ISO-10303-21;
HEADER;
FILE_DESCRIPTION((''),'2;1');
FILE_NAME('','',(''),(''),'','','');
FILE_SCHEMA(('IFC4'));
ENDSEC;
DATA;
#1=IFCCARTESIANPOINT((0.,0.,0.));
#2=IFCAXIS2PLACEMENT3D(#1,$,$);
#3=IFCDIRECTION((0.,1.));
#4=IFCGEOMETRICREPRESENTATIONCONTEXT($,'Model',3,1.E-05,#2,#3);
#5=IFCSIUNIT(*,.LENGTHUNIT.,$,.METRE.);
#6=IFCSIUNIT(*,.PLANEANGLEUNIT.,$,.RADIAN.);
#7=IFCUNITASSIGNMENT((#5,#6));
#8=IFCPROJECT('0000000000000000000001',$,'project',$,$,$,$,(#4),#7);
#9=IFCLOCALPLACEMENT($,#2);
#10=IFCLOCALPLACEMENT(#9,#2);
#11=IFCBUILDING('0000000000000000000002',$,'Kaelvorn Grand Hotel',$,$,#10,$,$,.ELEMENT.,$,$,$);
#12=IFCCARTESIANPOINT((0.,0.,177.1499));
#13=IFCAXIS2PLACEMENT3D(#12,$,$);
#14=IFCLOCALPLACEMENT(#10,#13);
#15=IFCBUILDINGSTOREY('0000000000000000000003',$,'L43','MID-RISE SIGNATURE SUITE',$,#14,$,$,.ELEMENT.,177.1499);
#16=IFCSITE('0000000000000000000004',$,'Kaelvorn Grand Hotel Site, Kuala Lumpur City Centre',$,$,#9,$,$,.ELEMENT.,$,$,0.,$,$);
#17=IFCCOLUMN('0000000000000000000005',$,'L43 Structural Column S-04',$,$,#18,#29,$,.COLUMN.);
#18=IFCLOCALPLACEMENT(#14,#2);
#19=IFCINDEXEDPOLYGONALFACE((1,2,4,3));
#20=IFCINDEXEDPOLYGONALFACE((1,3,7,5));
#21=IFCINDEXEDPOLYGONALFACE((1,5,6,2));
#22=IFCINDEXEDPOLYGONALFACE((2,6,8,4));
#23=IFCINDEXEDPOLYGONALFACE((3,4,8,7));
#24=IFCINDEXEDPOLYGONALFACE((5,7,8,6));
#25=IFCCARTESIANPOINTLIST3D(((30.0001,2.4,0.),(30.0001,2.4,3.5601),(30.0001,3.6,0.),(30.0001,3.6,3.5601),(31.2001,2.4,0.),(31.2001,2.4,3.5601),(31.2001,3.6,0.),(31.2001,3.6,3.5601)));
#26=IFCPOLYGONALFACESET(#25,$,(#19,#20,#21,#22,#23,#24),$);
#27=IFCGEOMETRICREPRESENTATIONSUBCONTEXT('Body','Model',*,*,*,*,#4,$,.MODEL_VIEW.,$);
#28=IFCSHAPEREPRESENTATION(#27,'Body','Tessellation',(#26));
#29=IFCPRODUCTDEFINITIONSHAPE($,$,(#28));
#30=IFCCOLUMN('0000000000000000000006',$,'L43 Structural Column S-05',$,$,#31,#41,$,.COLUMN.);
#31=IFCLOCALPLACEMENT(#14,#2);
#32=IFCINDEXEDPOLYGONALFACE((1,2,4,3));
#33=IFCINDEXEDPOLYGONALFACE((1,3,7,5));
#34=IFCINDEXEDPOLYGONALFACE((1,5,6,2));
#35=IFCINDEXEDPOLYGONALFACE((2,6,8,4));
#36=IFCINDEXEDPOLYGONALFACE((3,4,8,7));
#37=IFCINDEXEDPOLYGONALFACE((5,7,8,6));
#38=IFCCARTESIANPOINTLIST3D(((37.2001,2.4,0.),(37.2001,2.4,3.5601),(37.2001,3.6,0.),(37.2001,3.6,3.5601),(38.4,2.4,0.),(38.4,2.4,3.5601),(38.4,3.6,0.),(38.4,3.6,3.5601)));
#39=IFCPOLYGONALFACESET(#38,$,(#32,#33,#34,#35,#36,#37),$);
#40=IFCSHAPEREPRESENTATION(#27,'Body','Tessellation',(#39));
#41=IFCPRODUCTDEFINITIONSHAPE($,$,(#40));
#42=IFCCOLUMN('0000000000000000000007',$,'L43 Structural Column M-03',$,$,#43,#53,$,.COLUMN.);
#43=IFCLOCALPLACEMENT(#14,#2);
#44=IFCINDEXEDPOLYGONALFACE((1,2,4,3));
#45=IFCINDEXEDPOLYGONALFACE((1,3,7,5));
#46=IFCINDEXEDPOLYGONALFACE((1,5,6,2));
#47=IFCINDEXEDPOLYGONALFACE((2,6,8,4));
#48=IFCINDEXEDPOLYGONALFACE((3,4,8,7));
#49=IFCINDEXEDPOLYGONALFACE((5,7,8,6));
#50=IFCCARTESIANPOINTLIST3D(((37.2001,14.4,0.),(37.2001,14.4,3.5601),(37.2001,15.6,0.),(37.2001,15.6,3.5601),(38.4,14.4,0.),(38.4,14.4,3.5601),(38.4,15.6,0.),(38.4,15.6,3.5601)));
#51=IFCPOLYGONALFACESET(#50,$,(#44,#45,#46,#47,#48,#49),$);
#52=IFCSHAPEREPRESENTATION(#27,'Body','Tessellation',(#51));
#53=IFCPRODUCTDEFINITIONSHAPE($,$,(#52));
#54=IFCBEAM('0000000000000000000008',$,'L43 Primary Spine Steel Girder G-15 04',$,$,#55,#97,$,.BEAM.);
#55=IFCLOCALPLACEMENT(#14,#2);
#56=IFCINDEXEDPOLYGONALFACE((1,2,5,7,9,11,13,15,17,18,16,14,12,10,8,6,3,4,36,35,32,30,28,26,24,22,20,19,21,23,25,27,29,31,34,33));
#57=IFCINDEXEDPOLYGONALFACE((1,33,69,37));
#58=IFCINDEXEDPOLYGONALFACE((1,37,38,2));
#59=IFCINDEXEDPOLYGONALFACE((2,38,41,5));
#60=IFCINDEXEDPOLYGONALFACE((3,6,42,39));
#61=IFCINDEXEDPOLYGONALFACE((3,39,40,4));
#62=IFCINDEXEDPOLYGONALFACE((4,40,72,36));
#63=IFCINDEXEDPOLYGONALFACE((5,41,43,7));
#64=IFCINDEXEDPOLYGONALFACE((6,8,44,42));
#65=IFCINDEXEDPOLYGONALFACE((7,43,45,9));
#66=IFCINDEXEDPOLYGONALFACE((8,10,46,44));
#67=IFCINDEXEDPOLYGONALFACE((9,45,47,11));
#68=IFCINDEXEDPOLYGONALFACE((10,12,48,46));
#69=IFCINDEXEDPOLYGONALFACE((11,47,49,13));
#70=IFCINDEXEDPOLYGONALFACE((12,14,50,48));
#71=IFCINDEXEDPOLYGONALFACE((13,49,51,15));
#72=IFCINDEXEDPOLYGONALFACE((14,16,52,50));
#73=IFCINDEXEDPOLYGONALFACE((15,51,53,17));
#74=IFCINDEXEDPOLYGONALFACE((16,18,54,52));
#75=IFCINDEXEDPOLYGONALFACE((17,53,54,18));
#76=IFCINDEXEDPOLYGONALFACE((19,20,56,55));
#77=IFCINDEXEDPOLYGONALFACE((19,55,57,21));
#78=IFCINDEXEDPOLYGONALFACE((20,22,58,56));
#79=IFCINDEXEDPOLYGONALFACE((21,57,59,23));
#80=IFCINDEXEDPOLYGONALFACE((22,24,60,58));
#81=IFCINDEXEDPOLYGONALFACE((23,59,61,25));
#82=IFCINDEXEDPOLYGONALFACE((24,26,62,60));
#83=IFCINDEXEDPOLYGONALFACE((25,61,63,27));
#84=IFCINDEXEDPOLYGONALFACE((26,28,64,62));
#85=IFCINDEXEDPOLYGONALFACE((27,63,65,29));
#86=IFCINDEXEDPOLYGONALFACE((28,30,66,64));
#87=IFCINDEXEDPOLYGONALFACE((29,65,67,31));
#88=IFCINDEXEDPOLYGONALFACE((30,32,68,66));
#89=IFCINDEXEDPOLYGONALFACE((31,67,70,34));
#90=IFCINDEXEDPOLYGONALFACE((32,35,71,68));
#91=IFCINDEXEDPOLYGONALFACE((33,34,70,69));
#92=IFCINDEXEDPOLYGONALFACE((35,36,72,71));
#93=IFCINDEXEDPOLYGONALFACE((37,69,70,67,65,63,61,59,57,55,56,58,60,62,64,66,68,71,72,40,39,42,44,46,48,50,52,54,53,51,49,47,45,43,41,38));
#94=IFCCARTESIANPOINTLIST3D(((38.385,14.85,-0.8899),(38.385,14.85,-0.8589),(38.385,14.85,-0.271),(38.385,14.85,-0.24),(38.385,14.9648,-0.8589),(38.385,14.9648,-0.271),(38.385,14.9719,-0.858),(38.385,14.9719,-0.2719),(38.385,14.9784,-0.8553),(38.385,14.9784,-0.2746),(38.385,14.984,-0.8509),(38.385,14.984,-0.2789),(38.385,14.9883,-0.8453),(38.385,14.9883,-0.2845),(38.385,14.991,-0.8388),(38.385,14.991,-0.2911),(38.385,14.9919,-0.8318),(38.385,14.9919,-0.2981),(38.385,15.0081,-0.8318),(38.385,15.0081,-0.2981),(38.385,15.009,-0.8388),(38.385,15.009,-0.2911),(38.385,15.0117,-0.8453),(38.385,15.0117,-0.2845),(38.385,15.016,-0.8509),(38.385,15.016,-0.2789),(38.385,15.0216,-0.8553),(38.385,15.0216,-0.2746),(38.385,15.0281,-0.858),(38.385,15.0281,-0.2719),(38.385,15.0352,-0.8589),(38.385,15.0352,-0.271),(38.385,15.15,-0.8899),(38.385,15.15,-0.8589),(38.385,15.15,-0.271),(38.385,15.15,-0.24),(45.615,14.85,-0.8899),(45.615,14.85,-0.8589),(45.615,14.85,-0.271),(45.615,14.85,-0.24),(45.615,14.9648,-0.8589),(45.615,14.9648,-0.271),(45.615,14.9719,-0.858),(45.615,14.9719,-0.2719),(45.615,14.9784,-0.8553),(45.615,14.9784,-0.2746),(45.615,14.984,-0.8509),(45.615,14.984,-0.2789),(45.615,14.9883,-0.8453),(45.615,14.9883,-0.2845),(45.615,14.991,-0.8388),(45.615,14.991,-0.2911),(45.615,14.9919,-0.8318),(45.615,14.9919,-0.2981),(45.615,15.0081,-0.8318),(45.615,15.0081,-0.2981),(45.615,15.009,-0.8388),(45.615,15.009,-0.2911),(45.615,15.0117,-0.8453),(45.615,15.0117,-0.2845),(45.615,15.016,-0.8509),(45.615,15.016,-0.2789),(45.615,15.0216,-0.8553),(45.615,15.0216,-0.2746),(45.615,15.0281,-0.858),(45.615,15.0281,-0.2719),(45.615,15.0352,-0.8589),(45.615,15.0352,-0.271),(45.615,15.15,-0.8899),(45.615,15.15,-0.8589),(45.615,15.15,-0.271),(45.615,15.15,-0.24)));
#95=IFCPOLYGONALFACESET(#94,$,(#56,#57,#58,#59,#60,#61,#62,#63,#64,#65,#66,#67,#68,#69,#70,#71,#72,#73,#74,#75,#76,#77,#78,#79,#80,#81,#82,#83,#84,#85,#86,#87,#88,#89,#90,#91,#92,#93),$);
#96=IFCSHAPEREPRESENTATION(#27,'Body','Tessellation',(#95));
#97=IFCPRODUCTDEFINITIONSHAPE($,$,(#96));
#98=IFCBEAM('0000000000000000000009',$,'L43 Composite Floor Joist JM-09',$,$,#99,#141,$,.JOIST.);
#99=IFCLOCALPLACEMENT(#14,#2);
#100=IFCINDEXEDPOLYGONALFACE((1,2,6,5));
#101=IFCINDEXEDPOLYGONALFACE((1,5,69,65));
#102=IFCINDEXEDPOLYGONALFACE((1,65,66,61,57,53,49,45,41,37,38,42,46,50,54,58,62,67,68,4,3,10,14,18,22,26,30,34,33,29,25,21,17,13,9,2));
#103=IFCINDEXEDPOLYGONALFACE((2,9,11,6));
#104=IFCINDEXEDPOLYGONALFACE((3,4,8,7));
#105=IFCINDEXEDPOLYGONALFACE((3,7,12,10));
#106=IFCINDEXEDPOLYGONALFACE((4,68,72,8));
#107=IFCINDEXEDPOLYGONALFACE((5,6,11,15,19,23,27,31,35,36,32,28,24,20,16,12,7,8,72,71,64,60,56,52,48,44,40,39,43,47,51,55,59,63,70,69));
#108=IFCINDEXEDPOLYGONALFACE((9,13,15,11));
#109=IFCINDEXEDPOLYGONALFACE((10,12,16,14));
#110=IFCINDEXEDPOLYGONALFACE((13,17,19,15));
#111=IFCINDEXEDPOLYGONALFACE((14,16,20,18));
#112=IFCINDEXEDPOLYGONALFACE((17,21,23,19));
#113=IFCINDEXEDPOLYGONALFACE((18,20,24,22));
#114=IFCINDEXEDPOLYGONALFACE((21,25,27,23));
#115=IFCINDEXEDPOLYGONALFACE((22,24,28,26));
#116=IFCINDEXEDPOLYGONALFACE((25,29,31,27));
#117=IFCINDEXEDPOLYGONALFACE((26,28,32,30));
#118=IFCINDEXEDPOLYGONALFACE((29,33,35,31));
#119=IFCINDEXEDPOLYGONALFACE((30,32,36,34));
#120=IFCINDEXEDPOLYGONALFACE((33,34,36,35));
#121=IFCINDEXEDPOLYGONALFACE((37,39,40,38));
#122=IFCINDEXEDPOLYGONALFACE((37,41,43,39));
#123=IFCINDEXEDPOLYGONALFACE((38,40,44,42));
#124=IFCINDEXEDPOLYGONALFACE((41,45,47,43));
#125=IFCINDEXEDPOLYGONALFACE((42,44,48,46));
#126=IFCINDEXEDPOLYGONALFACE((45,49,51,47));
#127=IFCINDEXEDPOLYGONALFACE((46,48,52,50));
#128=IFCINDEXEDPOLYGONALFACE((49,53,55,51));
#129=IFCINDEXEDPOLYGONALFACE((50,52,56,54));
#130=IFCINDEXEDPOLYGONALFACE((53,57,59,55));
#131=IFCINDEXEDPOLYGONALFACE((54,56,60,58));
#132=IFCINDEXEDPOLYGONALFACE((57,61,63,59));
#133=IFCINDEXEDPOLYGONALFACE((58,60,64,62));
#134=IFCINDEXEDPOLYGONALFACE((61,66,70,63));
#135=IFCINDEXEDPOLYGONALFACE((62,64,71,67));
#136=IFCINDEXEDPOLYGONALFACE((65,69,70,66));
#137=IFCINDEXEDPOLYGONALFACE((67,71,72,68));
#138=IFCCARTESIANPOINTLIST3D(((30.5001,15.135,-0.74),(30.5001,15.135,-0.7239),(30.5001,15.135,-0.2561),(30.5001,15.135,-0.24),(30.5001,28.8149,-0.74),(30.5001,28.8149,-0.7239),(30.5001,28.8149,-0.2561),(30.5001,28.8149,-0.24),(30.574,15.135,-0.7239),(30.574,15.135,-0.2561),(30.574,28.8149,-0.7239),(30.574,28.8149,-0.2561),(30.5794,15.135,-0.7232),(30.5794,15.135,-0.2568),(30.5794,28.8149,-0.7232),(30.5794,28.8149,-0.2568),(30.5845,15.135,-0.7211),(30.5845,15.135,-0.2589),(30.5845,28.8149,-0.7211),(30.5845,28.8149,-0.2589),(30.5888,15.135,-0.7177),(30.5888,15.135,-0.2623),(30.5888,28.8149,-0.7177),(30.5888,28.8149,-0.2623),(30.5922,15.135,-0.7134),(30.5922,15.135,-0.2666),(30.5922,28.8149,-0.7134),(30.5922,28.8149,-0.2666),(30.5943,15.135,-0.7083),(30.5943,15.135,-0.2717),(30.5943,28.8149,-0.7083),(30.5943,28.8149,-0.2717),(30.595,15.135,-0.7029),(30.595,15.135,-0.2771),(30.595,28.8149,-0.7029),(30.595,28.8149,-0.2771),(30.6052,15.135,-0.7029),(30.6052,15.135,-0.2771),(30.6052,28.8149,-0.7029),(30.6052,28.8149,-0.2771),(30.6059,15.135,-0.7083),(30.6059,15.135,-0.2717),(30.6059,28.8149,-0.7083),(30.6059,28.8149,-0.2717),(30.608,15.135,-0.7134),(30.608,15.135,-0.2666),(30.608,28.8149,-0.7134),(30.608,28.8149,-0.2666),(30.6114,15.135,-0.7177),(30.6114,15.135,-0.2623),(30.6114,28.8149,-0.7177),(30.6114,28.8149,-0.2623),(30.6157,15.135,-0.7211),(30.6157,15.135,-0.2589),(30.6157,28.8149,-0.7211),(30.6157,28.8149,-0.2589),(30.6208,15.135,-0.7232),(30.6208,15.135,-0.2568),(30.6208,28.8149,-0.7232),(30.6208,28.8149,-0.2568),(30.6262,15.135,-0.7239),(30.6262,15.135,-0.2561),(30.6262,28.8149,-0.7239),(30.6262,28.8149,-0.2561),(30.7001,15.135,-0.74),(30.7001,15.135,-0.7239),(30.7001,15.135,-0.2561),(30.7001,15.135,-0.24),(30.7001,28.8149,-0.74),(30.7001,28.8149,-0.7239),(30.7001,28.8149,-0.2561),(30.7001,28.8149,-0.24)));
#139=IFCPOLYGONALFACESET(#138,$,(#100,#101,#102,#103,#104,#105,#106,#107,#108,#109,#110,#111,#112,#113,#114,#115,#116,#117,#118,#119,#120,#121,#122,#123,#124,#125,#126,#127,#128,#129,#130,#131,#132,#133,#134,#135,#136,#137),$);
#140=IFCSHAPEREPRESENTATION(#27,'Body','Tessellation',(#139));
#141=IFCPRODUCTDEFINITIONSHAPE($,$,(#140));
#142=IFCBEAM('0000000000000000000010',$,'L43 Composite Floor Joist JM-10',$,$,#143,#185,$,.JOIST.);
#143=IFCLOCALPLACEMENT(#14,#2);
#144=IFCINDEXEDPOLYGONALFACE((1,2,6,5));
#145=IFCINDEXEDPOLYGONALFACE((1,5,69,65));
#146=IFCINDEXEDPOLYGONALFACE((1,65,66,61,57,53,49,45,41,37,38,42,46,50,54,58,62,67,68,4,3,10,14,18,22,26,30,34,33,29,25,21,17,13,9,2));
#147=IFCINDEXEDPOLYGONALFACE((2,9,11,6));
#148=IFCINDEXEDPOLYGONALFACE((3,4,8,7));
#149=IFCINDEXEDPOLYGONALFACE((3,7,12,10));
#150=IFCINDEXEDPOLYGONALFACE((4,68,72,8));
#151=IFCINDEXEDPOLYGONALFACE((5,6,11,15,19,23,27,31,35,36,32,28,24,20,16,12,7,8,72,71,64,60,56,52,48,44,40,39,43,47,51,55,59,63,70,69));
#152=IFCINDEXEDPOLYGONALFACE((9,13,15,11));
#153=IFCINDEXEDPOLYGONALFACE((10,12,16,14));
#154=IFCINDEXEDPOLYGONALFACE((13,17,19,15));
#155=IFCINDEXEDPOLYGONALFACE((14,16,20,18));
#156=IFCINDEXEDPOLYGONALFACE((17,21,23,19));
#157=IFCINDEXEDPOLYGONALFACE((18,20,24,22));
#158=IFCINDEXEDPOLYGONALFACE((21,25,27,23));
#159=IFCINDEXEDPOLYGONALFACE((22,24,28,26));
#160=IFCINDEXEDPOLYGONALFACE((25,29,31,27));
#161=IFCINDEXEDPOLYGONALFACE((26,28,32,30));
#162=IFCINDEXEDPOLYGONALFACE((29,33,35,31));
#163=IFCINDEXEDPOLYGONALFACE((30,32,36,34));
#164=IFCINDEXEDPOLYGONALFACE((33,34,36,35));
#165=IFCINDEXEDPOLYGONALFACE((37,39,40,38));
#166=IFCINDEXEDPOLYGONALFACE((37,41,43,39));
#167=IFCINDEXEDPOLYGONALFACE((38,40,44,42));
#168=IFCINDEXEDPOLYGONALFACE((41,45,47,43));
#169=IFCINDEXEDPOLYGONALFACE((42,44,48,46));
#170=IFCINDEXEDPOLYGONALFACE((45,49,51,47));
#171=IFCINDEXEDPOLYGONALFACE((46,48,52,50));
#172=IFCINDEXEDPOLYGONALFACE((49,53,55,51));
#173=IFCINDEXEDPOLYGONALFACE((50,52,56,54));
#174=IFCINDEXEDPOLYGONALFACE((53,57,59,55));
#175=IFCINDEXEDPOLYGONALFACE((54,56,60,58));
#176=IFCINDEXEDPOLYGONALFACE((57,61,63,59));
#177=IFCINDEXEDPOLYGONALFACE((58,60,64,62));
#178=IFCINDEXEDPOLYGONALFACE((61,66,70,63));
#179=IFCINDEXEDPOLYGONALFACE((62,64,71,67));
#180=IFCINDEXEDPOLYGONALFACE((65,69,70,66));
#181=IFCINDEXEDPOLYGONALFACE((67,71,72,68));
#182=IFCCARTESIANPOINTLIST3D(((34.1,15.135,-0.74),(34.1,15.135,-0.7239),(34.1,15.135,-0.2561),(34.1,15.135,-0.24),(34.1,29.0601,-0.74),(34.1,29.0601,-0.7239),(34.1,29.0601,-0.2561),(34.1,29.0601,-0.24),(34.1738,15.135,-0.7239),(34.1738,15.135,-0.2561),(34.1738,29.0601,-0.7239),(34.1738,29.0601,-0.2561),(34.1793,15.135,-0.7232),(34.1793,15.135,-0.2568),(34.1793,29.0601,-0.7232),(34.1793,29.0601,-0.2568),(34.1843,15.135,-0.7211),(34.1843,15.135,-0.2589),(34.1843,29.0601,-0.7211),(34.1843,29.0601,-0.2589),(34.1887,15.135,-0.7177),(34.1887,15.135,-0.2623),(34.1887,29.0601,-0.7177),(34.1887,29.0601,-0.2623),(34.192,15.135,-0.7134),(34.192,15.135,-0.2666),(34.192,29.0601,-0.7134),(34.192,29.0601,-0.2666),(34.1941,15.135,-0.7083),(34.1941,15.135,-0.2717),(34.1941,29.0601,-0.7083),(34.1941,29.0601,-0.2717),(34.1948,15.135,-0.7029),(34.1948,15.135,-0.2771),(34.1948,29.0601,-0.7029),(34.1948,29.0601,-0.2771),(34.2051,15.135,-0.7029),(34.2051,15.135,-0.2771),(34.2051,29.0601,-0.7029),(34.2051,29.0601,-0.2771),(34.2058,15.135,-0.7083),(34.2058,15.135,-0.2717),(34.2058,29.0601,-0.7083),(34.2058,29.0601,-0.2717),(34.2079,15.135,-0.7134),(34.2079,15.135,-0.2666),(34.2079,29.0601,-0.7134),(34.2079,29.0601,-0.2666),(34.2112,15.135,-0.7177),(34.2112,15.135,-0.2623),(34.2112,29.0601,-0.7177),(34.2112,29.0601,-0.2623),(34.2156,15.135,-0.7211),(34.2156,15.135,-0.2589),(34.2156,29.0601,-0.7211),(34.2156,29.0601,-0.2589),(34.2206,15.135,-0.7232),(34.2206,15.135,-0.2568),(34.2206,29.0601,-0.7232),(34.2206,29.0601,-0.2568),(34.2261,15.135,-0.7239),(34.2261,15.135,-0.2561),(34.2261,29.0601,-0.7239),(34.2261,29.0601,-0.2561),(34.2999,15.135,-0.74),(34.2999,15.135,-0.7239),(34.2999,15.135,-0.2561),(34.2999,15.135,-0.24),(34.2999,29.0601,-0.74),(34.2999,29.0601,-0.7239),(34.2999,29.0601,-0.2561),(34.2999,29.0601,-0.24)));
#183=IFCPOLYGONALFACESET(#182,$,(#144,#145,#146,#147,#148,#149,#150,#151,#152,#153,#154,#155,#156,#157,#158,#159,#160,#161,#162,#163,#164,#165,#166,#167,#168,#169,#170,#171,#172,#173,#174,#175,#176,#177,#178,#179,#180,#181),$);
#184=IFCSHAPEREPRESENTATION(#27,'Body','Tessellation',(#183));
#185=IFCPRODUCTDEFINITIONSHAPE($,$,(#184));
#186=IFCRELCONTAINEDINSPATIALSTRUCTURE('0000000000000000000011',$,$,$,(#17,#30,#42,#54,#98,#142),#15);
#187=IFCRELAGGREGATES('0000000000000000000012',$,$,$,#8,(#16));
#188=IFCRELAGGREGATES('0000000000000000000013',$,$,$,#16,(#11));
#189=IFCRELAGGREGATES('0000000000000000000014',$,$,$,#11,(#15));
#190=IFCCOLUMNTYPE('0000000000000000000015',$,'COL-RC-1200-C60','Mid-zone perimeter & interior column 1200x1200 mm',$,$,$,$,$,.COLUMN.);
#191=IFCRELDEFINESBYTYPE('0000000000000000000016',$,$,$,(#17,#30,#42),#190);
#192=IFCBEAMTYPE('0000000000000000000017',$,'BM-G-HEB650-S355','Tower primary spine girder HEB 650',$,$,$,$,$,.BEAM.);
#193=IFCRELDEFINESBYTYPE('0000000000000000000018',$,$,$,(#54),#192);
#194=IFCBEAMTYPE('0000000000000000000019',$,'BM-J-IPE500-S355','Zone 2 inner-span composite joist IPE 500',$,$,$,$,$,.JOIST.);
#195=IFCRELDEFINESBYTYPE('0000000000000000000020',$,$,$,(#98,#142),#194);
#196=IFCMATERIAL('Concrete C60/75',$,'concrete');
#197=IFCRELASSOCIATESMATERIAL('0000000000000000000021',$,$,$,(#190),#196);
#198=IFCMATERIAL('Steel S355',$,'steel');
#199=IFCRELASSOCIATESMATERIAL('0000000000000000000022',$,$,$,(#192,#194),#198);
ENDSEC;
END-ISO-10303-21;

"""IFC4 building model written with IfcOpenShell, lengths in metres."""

from ifc_helpers import new_model, si_unit, direction, frame, origin, origin_2d, place, context, subcontext, project, spatial, rectangle, i_section, extrude, material, material_profile, profile_set, type_object, element, save


model = new_model("IFC4")

# Units and contexts
model_context = context("Model", 3, precision=1e-05, world=origin(), true_north=direction((0.0, 1.0)))
body_context = subcontext(model_context, "Body", "Model", "MODEL_VIEW")
ifc_project = project(units=[si_unit("LENGTHUNIT", "METRE"), si_unit("PLANEANGLEUNIT", "RADIAN")], contexts=[model_context])

# Site, building, storey
site_placement = place(None, origin())
site = spatial("IfcSite", under=ifc_project, at=site_placement, Name="Kaelvorn Grand Hotel Site, Kuala Lumpur City Centre", CompositionType="ELEMENT", RefElevation=0.0)
building_placement = place(site_placement, origin())
building = spatial("IfcBuilding", under=site, at=building_placement, Name="Kaelvorn Grand Hotel", CompositionType="ELEMENT")
storey_placement = place(building_placement, frame((0.0, 0.0, 177.1499)))
storey = spatial("IfcBuildingStorey", under=building, at=storey_placement, Name="L43", Description="MID-RISE SIGNATURE SUITE", CompositionType="ELEMENT", Elevation=177.1499)

# Columns
ifc_material_1 = material(Name="Concrete C60/75", Category="concrete")
ifc_material_profile_1 = material_profile(ifc_material_1, rectangle(XDim=1.2, YDim=1.2, at=origin_2d()), Name="RC COL 1200x1200")
ifc_profile_set_1 = profile_set([ifc_material_profile_1], Name="Concrete C60/75")
column_type = type_object("IfcColumnType", Name="COL-RC-1200-C60", Description="Mid-zone perimeter & interior column 1200x1200 mm", PredefinedType="COLUMN", material=ifc_profile_set_1)
for number, where, z_axis, x_axis, name in (
    (1, (30.6001, 3.0, 0.0), (0.0, 0.0, 1.0), (1.0, 0.0, 0.0), "L43 Structural Column S-04"),
    (2, (37.8, 3.0, 0.0), (0.0, 0.0, 1.0), (1.0, 0.0, 0.0), "L43 Structural Column S-05"),
    (3, (37.8, 15.0, 0.0), (0.0, 0.0, 1.0), (1.0, 0.0, 0.0), "L43 Structural Column M-03"),
):
    element("IfcColumn", number, at=place(storey_placement, frame(where, z_axis=z_axis, x_axis=x_axis)), inside=storey, type_object=column_type, Name=name, PredefinedType="COLUMN", context=body_context, shape_type="SweptSolid", body=[
        extrude(rectangle(XDim=1.2, YDim=1.2, at=origin_2d()), origin(), (0.0, 0.0, 1.0), 3.5601),
    ])

# Beams
ifc_material_2 = material(Name="Steel S355", Category="steel")
ifc_material_profile_2 = material_profile(ifc_material_2, i_section(OverallWidth=0.3, OverallDepth=0.6499, WebThickness=0.0161, FlangeThickness=0.031, FilletRadius=0.0271, at=origin_2d()), Name="HEB 650")
ifc_profile_set_2 = profile_set([ifc_material_profile_2], Name="Steel S355")
beam_type_1 = type_object("IfcBeamType", Name="BM-G-HEB650-S355", Description="Tower primary spine girder HEB 650", PredefinedType="BEAM", material=ifc_profile_set_2)
beam_1_placement = place(storey_placement, frame((38.385, 15.0, -0.5649), z_axis=(1.0, 0.0, 0.0), x_axis=(0.0, 1.0, 0.0)))
element("IfcBeam", 4, at=beam_1_placement, inside=storey, type_object=beam_type_1, Name="L43 Primary Spine Steel Girder G-15 04", PredefinedType="BEAM", context=body_context, shape_type="SweptSolid", body=[
    extrude(i_section(OverallWidth=0.3, OverallDepth=0.6499, WebThickness=0.0161, FlangeThickness=0.031, FilletRadius=0.0271, at=origin_2d()), origin(), (0.0, 0.0, 1.0), 7.23),
])
ifc_material_profile_3 = material_profile(ifc_material_2, i_section(OverallWidth=0.2, OverallDepth=0.5, WebThickness=0.0103, FlangeThickness=0.0161, FilletRadius=0.021, at=origin_2d()), Name="IPE 500")
ifc_profile_set_3 = profile_set([ifc_material_profile_3], Name="Steel S355")
beam_type_2 = type_object("IfcBeamType", Name="BM-J-IPE500-S355", Description="Zone 2 inner-span composite joist IPE 500", PredefinedType="JOIST", material=ifc_profile_set_3)
beam_2_placement = place(storey_placement, frame((30.6001, 15.135, -0.49), z_axis=(0.0, 1.0, 0.0), x_axis=(-1.0, 0.0, 0.0)))
element("IfcBeam", 5, at=beam_2_placement, inside=storey, type_object=beam_type_2, Name="L43 Composite Floor Joist JM-09", PredefinedType="JOIST", context=body_context, shape_type="SweptSolid", body=[
    extrude(i_section(OverallWidth=0.2, OverallDepth=0.5, WebThickness=0.0103, FlangeThickness=0.0161, FilletRadius=0.021, at=origin_2d()), origin(), (0.0, 0.0, 1.0), 13.6799),
])
beam_3_placement = place(storey_placement, frame((34.2, 15.135, -0.49), z_axis=(0.0, 1.0, 0.0), x_axis=(-1.0, 0.0, 0.0)))
element("IfcBeam", 6, at=beam_3_placement, inside=storey, type_object=beam_type_2, Name="L43 Composite Floor Joist JM-10", PredefinedType="JOIST", context=body_context, shape_type="SweptSolid", body=[
    extrude(i_section(OverallWidth=0.2, OverallDepth=0.5, WebThickness=0.0103, FlangeThickness=0.0161, FilletRadius=0.021, at=origin_2d()), origin(), (0.0, 0.0, 1.0), 13.925),
])

save(model, "model.ifc")
